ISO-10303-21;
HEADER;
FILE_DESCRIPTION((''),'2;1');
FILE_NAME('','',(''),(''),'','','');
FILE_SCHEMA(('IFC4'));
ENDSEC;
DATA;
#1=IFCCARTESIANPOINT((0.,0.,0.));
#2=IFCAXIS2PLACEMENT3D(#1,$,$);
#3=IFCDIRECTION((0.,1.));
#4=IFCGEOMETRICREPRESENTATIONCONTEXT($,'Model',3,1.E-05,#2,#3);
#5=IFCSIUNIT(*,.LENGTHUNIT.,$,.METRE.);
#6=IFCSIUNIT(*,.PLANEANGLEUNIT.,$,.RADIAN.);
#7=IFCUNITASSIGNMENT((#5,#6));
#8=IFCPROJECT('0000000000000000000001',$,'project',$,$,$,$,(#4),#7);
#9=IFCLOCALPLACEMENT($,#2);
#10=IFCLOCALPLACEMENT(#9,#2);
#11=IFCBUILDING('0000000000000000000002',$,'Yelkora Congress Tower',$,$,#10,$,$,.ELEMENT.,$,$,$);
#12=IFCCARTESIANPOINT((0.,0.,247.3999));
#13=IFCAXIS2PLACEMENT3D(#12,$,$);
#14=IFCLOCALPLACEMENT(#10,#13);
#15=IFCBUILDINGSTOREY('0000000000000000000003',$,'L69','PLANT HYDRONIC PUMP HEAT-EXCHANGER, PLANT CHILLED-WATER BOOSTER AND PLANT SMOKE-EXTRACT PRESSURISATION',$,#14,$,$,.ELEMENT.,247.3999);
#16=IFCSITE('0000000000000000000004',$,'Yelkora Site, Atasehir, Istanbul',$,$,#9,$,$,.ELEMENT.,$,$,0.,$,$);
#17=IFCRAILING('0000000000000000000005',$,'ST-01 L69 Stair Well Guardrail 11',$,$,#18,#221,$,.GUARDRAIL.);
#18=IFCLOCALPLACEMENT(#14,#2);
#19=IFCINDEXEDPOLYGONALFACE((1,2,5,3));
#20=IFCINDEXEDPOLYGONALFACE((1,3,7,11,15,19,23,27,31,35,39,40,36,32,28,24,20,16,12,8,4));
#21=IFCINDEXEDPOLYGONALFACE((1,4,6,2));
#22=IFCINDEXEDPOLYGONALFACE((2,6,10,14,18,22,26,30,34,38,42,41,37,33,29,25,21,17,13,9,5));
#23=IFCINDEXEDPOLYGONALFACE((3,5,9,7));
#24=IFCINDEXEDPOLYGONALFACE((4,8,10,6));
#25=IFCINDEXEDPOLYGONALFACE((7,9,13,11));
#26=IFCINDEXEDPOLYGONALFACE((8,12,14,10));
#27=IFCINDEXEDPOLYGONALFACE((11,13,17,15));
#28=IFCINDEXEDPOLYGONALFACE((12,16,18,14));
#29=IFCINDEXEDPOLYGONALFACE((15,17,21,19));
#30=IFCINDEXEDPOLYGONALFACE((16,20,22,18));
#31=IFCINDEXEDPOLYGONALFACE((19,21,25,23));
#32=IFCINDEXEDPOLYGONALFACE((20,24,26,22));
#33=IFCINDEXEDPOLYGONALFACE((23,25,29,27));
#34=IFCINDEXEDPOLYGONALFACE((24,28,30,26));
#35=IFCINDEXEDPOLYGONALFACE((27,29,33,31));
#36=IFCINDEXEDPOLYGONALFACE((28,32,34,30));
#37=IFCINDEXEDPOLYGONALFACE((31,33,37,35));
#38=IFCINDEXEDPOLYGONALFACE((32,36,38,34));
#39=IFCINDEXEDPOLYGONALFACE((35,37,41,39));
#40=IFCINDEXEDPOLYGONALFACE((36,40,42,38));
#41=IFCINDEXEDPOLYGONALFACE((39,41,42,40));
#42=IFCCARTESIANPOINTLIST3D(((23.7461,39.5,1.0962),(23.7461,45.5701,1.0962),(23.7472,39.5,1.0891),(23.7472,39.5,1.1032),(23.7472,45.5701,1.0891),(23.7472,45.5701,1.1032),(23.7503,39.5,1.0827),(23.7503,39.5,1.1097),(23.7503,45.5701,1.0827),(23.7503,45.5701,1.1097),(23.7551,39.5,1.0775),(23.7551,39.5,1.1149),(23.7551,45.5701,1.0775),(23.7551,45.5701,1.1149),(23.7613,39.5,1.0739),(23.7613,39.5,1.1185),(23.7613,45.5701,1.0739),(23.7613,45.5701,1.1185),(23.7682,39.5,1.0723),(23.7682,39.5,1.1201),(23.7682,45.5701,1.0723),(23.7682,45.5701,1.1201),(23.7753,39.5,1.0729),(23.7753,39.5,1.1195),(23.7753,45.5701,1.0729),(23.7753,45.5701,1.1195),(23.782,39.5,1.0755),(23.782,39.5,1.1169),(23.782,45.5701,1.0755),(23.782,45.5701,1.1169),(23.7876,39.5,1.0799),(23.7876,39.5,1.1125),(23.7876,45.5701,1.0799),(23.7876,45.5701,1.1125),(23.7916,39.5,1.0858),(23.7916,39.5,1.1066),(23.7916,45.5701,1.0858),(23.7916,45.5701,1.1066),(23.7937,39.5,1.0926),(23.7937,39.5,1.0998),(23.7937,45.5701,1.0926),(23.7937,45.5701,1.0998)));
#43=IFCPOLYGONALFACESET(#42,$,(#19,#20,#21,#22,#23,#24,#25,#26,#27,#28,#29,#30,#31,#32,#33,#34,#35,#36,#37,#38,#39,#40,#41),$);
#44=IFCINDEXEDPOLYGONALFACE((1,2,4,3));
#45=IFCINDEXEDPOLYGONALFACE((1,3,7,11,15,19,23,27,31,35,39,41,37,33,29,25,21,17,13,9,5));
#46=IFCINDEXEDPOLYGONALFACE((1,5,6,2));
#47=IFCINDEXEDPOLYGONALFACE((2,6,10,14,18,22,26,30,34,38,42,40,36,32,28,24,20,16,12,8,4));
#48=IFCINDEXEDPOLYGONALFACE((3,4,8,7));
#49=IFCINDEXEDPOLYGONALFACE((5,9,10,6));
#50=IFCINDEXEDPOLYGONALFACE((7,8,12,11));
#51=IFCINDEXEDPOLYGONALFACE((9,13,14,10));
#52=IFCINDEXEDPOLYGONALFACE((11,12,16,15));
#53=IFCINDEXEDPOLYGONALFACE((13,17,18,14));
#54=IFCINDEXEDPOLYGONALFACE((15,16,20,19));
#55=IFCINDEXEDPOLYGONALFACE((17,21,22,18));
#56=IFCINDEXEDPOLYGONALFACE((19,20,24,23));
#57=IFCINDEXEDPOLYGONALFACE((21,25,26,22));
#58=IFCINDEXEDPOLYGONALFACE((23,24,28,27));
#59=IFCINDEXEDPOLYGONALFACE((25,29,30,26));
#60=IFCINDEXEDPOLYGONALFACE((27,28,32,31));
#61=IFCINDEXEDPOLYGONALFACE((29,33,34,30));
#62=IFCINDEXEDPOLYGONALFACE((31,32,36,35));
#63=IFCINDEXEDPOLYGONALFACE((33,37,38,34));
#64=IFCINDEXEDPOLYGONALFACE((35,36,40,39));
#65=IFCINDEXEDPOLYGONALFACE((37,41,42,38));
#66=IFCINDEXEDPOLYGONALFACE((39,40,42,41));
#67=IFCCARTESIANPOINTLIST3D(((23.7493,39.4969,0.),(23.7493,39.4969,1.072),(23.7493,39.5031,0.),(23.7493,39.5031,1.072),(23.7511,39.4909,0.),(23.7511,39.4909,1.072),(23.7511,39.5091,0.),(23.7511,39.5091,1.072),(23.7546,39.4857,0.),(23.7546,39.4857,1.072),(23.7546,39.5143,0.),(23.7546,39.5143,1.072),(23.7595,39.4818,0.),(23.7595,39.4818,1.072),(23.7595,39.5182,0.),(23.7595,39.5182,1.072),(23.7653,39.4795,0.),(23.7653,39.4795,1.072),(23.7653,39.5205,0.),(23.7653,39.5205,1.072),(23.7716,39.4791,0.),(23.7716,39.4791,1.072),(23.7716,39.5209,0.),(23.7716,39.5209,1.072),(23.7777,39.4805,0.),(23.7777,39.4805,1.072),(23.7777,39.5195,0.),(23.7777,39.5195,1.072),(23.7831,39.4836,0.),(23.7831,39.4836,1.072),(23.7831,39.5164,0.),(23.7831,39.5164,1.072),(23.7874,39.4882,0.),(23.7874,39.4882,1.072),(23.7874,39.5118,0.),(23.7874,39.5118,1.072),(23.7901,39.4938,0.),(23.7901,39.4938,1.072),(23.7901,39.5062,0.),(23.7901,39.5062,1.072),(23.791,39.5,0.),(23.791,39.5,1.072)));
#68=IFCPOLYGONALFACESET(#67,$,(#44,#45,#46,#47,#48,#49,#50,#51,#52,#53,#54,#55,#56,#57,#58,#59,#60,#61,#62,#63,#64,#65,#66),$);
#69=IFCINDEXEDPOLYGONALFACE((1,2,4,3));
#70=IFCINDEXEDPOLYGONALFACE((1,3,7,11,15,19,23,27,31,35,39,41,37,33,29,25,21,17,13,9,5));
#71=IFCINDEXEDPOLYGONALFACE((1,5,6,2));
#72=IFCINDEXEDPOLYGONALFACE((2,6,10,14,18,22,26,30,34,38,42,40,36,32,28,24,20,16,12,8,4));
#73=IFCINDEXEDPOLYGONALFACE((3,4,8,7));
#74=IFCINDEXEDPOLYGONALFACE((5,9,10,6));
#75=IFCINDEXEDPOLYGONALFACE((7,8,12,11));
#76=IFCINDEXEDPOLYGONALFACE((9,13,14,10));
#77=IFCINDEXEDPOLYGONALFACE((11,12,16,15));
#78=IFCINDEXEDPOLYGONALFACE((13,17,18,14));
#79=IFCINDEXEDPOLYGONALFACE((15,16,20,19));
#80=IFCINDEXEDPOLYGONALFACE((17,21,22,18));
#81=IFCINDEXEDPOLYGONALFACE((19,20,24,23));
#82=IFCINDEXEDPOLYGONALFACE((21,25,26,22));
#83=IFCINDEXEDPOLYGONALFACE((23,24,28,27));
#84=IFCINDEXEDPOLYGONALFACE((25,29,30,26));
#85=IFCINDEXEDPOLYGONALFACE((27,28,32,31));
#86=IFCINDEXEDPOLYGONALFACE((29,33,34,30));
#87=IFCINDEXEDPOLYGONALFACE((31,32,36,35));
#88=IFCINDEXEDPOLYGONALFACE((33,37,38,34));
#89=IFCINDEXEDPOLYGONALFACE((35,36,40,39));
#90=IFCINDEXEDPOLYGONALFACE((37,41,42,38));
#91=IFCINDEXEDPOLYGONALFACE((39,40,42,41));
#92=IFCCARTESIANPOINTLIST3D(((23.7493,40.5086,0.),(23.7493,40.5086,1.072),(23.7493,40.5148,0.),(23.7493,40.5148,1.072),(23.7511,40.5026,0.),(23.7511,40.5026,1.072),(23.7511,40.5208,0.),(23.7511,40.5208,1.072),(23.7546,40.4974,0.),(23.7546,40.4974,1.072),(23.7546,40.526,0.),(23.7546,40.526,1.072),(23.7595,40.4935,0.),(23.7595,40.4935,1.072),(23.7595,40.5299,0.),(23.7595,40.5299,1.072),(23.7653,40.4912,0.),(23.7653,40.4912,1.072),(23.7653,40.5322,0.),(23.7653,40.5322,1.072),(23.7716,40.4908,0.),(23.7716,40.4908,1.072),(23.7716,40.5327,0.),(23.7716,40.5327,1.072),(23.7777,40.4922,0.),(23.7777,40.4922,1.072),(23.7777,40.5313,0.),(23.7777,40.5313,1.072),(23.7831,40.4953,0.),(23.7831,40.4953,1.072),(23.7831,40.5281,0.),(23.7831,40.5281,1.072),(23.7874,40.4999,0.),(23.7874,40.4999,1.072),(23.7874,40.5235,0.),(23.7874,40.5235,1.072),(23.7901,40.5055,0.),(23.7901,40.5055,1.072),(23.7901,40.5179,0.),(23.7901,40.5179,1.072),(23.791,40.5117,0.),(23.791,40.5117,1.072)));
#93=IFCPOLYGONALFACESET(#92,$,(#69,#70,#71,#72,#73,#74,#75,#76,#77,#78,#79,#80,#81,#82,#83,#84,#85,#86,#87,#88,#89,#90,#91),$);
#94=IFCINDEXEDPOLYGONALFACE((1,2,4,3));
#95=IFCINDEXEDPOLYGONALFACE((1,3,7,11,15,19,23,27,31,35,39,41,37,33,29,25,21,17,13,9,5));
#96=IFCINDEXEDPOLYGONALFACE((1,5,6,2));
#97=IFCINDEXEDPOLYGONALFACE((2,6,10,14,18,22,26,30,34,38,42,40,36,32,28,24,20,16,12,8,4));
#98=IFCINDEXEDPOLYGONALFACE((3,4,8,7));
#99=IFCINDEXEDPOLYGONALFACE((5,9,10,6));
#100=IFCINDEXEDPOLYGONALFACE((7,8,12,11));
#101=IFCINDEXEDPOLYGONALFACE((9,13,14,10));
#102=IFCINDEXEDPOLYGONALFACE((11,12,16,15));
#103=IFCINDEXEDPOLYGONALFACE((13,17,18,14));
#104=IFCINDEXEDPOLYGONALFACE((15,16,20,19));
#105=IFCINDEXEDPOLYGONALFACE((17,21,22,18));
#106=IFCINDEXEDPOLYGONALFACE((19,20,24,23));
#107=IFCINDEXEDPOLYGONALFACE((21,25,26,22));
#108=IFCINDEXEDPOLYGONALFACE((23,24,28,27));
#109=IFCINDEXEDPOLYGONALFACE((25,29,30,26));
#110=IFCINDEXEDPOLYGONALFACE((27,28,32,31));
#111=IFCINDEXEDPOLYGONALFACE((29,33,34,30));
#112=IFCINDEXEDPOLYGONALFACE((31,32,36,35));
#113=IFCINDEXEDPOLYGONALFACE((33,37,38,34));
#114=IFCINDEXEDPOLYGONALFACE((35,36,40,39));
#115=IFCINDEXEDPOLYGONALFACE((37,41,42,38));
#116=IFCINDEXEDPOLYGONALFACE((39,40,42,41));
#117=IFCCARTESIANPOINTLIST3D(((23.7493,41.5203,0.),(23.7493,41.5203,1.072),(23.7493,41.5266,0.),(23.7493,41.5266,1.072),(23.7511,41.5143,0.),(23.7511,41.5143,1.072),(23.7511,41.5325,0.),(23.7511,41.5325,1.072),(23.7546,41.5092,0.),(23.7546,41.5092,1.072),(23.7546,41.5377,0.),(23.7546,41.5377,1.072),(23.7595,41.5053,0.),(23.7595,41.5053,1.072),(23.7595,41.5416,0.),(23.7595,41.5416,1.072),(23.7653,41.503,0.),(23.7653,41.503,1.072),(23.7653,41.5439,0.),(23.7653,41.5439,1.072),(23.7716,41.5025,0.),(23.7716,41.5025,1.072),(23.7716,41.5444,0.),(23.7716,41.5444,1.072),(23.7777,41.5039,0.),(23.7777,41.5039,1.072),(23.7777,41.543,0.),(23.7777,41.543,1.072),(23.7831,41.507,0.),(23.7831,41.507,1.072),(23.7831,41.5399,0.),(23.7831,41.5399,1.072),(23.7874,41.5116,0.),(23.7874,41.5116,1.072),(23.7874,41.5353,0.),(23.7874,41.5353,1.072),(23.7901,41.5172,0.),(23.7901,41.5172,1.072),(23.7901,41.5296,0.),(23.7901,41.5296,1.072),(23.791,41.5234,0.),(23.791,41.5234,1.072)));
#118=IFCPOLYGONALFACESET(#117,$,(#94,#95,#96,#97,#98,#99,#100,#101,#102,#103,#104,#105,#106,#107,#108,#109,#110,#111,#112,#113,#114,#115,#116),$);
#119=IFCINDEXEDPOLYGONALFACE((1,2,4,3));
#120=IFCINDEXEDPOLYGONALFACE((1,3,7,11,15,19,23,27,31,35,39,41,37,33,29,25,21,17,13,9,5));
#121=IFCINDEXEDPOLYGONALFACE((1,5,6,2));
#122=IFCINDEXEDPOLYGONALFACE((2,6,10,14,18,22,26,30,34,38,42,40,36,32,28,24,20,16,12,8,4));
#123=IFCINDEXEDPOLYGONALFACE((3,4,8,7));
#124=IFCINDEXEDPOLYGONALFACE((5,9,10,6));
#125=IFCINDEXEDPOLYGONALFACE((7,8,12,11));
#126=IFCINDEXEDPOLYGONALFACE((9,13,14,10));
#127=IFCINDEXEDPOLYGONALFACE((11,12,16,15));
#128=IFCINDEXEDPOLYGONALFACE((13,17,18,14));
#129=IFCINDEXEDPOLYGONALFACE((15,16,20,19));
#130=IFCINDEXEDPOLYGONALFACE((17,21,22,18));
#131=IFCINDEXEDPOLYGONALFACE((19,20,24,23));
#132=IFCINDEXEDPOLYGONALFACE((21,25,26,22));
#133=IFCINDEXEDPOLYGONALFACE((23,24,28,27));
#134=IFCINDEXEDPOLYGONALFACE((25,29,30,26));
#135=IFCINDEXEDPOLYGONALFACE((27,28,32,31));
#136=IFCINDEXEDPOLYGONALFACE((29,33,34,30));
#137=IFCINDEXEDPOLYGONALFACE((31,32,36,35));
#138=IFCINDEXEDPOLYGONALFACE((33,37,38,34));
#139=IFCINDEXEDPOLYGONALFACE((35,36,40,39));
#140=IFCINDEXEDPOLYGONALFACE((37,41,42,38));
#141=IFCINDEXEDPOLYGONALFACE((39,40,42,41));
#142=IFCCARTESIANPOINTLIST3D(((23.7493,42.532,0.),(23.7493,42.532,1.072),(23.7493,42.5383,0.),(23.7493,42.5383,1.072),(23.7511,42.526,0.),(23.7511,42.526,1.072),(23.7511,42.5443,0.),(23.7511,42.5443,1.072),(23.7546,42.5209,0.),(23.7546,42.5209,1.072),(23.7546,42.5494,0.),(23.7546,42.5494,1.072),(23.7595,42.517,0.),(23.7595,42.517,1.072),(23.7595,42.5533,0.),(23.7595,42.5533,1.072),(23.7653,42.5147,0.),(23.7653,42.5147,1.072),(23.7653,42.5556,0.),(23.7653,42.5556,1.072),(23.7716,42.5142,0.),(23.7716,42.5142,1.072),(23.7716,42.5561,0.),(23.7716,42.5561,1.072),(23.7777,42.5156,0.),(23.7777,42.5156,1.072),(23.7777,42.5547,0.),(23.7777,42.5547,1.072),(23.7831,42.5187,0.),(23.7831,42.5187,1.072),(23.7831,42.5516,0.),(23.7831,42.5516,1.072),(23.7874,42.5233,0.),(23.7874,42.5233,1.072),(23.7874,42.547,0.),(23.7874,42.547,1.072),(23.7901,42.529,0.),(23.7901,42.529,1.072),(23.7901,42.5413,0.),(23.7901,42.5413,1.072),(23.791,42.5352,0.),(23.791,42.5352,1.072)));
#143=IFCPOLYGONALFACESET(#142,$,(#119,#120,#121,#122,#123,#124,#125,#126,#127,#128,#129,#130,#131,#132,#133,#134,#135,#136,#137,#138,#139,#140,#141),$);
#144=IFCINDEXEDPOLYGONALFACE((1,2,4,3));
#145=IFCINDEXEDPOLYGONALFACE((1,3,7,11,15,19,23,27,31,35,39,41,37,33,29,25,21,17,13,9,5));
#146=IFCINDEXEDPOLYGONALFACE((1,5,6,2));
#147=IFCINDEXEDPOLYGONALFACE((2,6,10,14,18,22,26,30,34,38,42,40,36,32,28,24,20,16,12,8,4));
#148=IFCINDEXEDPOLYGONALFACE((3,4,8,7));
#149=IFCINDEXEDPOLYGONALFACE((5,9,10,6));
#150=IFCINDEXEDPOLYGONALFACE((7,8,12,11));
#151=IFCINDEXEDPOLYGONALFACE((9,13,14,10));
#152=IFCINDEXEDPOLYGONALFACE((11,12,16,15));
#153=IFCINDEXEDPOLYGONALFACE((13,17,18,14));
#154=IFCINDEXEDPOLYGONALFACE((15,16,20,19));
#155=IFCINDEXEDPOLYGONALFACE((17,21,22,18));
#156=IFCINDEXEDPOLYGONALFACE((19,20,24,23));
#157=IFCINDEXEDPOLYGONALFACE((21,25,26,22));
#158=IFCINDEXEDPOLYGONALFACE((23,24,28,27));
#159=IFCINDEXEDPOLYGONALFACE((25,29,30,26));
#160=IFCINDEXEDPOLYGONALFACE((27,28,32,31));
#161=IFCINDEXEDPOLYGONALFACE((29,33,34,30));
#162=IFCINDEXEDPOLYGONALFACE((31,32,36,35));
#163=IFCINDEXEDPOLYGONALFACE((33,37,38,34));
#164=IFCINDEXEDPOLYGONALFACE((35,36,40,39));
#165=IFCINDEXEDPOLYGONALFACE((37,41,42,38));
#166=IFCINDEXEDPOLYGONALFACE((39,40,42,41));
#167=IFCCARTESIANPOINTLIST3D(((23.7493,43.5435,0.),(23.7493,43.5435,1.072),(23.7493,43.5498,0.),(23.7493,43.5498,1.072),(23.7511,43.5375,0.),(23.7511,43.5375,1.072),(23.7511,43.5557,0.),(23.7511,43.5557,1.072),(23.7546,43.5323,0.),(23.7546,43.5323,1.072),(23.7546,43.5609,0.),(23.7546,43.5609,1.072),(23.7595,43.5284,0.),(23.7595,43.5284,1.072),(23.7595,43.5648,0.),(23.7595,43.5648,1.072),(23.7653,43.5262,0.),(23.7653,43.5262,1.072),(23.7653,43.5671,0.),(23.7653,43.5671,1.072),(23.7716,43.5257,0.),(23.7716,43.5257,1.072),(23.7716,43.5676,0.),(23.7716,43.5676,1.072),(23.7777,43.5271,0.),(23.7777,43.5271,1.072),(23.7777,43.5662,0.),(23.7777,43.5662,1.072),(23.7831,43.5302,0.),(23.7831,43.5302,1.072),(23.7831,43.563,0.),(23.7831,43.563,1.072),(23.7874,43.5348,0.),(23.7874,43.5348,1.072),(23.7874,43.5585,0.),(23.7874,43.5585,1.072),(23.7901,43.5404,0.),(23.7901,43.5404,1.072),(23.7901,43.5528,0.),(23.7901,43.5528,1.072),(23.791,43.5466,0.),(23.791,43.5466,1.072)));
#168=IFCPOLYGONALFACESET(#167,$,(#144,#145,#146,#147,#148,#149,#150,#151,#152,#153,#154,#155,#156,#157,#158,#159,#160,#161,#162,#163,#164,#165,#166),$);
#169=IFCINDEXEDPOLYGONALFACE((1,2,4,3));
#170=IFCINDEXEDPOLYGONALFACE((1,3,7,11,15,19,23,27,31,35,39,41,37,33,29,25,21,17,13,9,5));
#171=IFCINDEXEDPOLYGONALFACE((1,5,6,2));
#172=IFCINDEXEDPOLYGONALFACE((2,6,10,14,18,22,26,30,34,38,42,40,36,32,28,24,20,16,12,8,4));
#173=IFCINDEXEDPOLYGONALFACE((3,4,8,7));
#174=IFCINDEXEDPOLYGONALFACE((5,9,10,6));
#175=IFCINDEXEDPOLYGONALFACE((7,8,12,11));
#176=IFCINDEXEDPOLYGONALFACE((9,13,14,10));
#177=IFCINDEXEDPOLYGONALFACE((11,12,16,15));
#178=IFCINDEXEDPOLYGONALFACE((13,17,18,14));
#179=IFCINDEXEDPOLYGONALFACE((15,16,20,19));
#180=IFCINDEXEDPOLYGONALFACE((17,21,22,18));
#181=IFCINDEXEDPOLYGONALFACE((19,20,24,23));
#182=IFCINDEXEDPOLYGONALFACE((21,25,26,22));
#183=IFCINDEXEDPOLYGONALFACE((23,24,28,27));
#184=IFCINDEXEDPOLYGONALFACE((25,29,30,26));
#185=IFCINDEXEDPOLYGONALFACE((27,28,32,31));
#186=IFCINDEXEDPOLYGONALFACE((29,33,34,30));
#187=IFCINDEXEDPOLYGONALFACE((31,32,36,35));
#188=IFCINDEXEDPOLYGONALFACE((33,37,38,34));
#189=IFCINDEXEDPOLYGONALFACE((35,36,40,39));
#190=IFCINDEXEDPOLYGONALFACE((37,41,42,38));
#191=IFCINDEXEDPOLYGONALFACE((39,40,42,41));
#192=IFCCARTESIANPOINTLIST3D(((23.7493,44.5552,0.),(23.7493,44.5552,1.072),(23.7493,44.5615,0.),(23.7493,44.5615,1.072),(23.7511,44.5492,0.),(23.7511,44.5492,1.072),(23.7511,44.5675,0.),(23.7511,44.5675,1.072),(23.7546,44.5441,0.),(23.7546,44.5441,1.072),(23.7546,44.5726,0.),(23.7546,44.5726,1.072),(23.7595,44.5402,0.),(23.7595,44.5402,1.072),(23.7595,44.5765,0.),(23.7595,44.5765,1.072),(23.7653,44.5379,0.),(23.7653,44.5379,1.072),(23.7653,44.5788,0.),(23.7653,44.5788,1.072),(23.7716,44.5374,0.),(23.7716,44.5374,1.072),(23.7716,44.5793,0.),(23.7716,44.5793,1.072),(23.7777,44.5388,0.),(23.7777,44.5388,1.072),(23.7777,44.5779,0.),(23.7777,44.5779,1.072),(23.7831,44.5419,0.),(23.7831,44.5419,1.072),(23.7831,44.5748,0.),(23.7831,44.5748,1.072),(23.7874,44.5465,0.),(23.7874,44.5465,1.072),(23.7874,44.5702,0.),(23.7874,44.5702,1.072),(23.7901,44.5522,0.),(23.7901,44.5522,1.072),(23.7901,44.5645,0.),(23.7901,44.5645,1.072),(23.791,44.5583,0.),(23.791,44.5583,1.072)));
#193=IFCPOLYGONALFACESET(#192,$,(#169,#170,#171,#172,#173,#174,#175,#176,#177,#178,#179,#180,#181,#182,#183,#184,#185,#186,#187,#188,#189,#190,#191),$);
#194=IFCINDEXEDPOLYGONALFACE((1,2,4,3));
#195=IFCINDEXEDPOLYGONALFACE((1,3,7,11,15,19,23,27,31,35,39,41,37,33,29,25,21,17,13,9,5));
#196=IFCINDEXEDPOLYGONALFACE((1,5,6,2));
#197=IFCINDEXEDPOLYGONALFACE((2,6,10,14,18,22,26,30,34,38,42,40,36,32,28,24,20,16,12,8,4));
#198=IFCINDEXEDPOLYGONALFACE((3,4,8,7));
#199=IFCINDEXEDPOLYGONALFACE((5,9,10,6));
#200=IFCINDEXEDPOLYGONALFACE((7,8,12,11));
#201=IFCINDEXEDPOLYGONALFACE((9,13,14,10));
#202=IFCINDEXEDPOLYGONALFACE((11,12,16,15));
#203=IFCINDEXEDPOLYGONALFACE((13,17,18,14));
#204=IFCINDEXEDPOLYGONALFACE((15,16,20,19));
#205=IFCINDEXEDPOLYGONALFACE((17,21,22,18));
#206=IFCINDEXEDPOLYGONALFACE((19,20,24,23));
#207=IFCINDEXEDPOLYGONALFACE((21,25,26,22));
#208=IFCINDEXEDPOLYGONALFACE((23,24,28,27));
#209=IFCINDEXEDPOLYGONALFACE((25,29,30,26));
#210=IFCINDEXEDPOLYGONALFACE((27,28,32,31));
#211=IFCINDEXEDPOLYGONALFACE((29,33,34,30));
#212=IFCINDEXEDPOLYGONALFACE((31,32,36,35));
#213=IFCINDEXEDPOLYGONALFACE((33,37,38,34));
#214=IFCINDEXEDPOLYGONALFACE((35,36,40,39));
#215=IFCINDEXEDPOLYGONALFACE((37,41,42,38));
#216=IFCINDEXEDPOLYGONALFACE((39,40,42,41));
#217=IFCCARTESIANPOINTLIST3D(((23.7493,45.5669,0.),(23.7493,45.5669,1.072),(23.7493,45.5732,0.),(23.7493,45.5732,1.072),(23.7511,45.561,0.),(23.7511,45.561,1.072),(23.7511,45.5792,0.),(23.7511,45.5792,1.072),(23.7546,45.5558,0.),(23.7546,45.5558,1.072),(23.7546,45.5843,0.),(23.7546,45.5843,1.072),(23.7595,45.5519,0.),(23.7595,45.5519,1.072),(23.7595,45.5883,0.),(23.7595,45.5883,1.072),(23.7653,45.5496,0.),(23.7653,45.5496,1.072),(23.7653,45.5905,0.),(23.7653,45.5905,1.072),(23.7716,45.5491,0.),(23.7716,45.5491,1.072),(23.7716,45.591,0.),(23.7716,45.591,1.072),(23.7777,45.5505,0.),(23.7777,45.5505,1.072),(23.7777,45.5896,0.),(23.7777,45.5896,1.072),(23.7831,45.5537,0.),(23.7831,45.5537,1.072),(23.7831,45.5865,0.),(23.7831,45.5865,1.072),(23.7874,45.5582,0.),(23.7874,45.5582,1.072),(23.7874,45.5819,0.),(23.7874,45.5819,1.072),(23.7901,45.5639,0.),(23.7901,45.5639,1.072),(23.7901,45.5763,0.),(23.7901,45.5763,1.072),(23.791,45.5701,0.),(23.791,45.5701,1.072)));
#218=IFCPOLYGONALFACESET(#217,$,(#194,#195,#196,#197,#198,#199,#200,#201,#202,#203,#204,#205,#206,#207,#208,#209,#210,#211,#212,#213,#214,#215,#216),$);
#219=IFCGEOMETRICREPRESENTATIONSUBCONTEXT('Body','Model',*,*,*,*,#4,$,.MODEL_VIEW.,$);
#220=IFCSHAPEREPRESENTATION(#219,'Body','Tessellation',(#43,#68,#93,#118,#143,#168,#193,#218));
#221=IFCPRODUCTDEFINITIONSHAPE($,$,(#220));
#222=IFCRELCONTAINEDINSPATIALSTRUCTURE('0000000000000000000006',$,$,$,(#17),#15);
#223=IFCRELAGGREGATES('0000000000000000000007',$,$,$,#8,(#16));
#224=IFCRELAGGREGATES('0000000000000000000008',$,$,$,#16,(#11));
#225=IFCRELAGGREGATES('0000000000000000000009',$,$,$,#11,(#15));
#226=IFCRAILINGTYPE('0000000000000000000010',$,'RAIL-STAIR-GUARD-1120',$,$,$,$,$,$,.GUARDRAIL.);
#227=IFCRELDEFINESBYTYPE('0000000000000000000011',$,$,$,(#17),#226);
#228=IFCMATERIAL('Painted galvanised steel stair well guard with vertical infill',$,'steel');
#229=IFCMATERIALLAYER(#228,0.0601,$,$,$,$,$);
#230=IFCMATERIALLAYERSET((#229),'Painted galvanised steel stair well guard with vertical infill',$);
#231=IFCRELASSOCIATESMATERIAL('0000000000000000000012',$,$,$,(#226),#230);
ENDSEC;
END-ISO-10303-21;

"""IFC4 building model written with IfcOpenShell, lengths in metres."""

from ifc_helpers import new_model, si_unit, direction, frame, origin, origin_2d, place, context, subcontext, project, spatial, circle, extrude, material, layer, layer_set, type_object, element, save


model = new_model("IFC4")

# Units and contexts
model_context = context("Model", 3, precision=1e-05, world=origin(), true_north=direction((0.0, 1.0)))
body_context = subcontext(model_context, "Body", "Model", "MODEL_VIEW")
ifc_project = project(units=[si_unit("LENGTHUNIT", "METRE"), si_unit("PLANEANGLEUNIT", "RADIAN")], contexts=[model_context])

# Site, building, storey
site_placement = place(None, origin())
site = spatial("IfcSite", under=ifc_project, at=site_placement, Name="Yelkora Site, Atasehir, Istanbul", CompositionType="ELEMENT", RefElevation=0.0)
building_placement = place(site_placement, origin())
building = spatial("IfcBuilding", under=site, at=building_placement, Name="Yelkora Congress Tower", CompositionType="ELEMENT")
storey_placement = place(building_placement, frame((0.0, 0.0, 247.3999)))
storey = spatial("IfcBuildingStorey", under=building, at=storey_placement, Name="L69", Description="PLANT HYDRONIC PUMP HEAT-EXCHANGER, PLANT CHILLED-WATER BOOSTER AND PLANT SMOKE-EXTRACT PRESSURISATION", CompositionType="ELEMENT", Elevation=247.3999)

# Railing
ifc_material_1 = material(Name="Painted galvanised steel stair well guard with vertical infill", Category="steel")
ifc_layer_1 = layer(ifc_material_1, 0.0601)
ifc_layer_set_1 = layer_set([ifc_layer_1], Name="Painted galvanised steel stair well guard with vertical infill")
railing_type_1 = type_object("IfcRailingType", Name="RAIL-STAIR-GUARD-1120", PredefinedType="GUARDRAIL", material=ifc_layer_set_1)
railing_1_placement = place(storey_placement, frame((23.77, 39.5, 0.0)))
element("IfcRailing", 1, at=railing_1_placement, inside=storey, type_object=railing_type_1, Name="ST-01 L69 Stair Well Guardrail 11", PredefinedType="GUARDRAIL", context=body_context, shape_type="SweptSolid", body=[
    extrude(circle(Radius=0.0239, at=origin_2d()), frame((0.0, 0.0, 1.0962), z_axis=(0.0, 1.0, 0.0), x_axis=(-1.0, 0.0, 0.0)), (0.0, 0.0, 1.0), 6.0701),
    extrude(circle(Radius=0.021, at=origin_2d()), origin(), (0.0, 0.0, 1.0), 1.072),
    extrude(circle(Radius=0.021, at=origin_2d()), frame((0.0, 1.0117, 0.0)), (0.0, 0.0, 1.0), 1.072),
    extrude(circle(Radius=0.021, at=origin_2d()), frame((0.0, 2.0234, 0.0)), (0.0, 0.0, 1.0), 1.072),
    extrude(circle(Radius=0.021, at=origin_2d()), frame((0.0, 3.0352, 0.0)), (0.0, 0.0, 1.0), 1.072),
    extrude(circle(Radius=0.021, at=origin_2d()), frame((0.0, 4.0466, 0.0)), (0.0, 0.0, 1.0), 1.072),
    extrude(circle(Radius=0.021, at=origin_2d()), frame((0.0, 5.0583, 0.0)), (0.0, 0.0, 1.0), 1.072),
    extrude(circle(Radius=0.021, at=origin_2d()), frame((0.0, 6.0701, 0.0)), (0.0, 0.0, 1.0), 1.072),
])

save(model, "model.ifc")
